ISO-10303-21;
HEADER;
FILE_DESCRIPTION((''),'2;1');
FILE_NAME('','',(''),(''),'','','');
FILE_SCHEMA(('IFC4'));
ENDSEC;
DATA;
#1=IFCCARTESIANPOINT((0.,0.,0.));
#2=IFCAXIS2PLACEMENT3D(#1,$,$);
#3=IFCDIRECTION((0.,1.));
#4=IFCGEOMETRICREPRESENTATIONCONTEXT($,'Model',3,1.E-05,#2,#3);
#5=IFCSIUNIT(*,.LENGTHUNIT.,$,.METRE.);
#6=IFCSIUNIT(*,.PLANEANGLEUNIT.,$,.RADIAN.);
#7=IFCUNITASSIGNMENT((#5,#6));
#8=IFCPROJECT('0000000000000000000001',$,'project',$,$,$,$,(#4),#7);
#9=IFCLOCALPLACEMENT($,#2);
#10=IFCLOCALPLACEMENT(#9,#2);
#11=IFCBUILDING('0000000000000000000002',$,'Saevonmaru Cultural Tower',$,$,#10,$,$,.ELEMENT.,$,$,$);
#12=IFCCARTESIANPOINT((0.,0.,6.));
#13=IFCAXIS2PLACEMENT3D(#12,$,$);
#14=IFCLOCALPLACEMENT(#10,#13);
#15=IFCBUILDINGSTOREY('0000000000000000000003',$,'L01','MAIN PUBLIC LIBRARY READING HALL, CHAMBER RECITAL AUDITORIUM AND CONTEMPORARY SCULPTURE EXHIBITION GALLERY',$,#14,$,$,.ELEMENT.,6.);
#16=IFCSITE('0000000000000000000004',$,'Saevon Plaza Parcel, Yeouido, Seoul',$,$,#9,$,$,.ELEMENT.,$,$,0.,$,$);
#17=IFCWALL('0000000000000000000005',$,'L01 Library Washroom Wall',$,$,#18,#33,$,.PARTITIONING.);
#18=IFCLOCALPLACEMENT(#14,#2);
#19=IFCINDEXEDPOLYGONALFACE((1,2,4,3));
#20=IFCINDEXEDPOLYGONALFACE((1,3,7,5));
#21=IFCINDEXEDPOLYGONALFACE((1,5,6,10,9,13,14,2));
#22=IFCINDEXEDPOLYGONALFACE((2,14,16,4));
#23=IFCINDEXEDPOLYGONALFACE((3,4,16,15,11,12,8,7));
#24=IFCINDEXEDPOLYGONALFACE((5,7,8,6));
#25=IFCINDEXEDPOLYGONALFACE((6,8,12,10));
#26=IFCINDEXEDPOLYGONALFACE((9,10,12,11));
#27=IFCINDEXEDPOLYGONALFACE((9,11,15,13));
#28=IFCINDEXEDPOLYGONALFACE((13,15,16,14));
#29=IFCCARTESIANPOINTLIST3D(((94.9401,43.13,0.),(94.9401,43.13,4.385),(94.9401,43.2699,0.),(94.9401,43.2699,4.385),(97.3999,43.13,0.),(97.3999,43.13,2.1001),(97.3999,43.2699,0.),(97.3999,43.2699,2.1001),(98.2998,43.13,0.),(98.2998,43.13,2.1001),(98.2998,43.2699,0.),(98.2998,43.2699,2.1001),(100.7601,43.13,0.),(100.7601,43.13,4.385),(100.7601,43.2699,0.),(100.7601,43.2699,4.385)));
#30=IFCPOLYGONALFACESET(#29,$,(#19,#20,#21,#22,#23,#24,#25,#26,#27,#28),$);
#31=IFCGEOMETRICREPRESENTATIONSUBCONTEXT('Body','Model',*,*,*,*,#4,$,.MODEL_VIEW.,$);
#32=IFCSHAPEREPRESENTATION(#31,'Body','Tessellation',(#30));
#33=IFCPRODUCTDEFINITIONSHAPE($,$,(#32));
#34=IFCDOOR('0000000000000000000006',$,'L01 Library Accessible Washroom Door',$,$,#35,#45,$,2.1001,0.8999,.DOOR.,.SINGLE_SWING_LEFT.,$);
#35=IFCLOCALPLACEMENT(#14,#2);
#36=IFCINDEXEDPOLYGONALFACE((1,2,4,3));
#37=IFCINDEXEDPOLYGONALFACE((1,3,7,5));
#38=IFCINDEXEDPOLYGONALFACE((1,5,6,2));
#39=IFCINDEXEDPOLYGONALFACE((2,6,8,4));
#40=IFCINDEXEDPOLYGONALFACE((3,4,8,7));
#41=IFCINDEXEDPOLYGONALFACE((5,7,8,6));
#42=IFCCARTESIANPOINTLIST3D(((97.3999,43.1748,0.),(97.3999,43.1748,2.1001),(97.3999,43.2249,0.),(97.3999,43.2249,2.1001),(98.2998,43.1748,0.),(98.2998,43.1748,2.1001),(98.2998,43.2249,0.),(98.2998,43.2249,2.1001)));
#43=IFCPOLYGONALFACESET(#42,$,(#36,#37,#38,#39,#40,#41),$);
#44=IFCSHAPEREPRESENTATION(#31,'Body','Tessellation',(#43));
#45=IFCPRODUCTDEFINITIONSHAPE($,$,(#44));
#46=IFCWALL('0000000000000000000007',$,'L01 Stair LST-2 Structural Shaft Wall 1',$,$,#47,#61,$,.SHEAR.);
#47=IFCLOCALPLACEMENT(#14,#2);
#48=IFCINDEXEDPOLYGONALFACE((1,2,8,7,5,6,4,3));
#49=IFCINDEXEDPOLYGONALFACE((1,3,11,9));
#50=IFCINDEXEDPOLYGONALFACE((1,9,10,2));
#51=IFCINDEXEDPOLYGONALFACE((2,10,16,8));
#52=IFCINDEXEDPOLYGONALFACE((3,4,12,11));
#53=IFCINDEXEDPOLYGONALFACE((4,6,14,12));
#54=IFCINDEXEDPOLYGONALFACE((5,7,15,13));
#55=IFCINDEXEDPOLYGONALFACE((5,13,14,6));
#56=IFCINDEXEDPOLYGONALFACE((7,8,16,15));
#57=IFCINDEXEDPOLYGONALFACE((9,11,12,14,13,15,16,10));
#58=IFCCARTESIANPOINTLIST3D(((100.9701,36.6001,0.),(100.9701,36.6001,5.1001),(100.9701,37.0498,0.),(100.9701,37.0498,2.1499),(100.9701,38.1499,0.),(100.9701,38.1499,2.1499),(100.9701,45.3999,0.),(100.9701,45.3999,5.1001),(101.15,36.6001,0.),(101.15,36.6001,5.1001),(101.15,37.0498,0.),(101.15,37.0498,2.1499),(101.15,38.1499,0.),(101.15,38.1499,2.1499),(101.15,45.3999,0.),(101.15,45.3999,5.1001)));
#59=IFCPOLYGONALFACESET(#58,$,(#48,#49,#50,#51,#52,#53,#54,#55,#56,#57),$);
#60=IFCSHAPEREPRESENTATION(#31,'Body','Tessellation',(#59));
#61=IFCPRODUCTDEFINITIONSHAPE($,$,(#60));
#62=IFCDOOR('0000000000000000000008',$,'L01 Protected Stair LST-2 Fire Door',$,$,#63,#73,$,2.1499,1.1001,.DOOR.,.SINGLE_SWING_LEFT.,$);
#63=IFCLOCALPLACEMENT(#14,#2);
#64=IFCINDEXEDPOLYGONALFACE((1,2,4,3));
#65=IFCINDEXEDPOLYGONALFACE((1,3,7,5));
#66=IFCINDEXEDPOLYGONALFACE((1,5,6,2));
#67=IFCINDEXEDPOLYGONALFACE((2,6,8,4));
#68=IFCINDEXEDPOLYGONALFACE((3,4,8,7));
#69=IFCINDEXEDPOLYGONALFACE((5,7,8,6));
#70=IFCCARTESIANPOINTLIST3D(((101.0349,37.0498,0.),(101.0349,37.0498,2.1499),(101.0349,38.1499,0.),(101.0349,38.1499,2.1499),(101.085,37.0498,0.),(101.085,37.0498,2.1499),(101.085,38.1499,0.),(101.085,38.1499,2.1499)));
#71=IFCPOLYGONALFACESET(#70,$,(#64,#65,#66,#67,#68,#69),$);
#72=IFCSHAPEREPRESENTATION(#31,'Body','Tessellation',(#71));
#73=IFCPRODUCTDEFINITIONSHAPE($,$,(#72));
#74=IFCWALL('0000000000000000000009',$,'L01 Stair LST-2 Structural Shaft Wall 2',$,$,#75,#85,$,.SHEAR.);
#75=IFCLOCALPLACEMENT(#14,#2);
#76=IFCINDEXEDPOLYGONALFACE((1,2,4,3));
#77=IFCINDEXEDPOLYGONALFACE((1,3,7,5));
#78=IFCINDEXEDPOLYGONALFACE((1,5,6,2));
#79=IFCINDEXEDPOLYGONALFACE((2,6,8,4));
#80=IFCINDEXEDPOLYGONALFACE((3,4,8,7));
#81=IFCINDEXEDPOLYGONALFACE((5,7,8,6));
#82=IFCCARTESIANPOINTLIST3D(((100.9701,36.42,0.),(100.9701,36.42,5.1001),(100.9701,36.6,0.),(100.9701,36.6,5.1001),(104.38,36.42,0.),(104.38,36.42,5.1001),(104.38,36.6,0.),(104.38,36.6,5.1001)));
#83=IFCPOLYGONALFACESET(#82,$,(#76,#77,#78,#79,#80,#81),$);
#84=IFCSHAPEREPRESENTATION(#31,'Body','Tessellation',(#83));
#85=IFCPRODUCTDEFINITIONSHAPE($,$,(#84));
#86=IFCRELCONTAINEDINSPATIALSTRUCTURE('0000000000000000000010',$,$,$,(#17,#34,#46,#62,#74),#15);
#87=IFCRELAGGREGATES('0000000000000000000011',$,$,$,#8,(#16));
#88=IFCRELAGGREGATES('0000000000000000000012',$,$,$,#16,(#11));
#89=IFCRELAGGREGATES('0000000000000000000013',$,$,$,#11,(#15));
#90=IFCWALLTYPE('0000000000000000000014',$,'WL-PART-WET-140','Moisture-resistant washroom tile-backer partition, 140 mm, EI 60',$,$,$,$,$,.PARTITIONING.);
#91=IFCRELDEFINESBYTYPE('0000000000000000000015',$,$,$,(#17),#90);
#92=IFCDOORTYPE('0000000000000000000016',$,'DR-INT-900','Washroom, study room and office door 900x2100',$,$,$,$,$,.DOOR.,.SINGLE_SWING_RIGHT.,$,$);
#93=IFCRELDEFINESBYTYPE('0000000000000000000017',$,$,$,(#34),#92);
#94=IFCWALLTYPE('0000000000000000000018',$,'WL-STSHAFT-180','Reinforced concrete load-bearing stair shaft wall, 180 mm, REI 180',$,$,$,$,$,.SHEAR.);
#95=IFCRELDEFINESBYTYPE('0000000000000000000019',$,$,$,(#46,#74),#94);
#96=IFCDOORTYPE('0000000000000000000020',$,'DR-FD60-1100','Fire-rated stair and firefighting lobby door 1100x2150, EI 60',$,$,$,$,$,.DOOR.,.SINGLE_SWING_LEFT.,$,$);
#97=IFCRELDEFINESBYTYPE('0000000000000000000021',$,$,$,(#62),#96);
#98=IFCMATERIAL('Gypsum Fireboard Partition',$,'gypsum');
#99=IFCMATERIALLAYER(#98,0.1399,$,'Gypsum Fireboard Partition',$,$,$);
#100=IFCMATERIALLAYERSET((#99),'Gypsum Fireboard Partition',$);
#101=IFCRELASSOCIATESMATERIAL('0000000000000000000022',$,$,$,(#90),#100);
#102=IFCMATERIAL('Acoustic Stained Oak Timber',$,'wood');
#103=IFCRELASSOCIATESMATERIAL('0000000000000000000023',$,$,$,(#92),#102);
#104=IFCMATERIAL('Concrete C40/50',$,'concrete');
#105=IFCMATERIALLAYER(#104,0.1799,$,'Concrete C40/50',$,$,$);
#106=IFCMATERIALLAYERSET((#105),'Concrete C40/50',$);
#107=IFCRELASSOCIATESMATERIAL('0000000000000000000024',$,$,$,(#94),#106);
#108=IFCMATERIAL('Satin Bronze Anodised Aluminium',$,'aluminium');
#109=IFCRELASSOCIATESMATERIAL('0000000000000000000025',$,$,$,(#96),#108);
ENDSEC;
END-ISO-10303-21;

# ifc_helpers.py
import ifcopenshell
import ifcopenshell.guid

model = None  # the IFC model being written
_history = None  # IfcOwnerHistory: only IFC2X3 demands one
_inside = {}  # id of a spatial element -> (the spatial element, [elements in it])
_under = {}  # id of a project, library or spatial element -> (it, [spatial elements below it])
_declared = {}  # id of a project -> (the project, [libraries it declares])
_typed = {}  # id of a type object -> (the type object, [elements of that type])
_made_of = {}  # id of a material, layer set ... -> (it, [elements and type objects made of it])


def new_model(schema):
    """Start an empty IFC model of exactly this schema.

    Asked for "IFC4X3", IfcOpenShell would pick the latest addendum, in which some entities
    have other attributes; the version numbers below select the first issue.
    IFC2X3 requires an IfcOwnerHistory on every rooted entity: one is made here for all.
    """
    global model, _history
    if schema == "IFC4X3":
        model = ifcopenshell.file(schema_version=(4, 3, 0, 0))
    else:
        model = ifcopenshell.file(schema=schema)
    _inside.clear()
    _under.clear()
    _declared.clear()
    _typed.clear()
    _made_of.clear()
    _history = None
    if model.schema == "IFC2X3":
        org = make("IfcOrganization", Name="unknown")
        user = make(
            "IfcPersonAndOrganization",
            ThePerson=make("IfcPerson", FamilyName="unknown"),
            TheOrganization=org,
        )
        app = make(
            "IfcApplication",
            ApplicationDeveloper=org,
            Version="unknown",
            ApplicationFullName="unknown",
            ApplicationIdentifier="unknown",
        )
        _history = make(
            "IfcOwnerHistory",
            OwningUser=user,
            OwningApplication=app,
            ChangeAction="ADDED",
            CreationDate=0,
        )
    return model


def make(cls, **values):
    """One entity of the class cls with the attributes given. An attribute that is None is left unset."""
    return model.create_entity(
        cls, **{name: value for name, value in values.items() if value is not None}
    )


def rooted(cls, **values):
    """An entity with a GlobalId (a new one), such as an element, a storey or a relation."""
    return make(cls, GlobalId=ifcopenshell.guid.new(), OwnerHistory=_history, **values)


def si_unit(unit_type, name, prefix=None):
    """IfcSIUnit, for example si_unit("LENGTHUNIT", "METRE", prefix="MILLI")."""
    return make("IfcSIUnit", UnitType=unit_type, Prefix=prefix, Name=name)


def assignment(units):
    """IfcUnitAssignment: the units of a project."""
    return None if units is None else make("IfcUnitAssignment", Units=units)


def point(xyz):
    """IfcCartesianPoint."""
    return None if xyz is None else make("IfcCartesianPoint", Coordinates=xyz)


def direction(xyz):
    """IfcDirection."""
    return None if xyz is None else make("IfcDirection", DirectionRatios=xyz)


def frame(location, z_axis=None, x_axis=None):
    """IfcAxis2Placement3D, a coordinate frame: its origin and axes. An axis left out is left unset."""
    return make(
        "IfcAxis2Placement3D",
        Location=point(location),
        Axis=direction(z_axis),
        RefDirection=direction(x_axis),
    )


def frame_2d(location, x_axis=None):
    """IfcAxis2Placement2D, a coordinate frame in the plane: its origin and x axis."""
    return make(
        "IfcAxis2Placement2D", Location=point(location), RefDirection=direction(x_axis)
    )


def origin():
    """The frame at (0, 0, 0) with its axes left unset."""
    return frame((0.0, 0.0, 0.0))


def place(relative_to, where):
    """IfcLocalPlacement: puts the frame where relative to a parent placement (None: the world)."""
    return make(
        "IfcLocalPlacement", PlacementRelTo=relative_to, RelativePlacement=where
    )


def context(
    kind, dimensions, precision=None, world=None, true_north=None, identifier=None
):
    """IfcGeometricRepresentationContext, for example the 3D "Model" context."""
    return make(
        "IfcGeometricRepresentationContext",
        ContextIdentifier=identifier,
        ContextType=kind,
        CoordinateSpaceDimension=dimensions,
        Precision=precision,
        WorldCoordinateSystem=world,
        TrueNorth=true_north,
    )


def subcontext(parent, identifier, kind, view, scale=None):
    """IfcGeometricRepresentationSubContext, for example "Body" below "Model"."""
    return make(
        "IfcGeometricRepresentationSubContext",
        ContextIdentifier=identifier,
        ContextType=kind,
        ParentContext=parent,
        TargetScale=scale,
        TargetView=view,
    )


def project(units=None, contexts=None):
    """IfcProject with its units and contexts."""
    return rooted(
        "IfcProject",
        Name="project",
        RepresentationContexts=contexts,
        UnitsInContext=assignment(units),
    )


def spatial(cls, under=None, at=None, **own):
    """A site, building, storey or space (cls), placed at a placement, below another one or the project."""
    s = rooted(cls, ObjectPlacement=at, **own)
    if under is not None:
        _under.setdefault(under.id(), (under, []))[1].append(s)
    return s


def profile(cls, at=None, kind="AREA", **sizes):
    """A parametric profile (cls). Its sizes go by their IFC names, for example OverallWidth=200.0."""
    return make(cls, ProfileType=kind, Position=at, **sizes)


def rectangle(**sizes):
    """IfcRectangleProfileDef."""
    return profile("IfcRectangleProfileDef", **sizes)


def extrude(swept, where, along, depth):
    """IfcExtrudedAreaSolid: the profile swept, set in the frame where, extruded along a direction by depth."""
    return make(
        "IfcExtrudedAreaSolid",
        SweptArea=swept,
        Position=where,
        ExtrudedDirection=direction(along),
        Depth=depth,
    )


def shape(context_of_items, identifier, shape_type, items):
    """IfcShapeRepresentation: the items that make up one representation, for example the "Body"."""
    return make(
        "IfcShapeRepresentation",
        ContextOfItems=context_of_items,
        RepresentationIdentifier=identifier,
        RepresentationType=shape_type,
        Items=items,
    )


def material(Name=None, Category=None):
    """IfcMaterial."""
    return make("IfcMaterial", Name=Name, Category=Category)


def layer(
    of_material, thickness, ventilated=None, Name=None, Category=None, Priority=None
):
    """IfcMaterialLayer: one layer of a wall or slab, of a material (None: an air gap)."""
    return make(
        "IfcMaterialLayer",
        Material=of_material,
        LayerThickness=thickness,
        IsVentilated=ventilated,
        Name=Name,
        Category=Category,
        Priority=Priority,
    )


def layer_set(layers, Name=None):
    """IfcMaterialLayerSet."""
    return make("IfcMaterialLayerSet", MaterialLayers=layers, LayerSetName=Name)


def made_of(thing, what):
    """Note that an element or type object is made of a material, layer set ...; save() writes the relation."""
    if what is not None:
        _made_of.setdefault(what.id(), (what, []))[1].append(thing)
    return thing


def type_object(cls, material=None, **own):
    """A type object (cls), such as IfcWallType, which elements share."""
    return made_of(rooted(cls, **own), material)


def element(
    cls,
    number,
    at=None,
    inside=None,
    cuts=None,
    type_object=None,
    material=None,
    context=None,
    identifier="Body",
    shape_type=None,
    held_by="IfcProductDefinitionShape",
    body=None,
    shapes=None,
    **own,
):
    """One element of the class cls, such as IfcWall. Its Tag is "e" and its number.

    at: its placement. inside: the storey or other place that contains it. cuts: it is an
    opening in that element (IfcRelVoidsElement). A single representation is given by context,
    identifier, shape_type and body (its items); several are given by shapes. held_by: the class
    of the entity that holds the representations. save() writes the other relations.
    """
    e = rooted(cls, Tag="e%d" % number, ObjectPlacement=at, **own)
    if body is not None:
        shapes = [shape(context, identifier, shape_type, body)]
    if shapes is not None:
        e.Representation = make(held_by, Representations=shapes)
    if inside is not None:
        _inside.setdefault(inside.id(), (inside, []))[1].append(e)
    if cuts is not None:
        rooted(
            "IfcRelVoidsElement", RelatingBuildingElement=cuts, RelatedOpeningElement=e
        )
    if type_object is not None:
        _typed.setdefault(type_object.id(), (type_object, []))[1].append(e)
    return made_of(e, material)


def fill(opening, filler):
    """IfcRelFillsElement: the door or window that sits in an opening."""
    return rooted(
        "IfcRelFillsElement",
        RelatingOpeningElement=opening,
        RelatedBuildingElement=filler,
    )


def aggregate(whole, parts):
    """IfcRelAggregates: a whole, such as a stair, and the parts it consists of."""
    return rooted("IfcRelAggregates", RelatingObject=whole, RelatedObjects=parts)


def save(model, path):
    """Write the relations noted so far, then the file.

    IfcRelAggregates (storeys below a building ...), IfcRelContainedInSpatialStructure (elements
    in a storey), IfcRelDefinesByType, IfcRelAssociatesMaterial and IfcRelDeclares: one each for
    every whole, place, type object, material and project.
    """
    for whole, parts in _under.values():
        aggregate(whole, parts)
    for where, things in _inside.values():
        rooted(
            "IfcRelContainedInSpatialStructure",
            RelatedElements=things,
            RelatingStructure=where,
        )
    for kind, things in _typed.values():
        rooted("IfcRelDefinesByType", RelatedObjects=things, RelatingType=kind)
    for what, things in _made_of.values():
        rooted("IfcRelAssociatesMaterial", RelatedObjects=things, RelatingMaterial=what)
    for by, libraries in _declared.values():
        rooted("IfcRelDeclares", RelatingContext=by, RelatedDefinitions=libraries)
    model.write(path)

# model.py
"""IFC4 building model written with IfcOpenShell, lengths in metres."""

from ifc_helpers import new_model, si_unit, direction, frame, frame_2d, origin, place, context, subcontext, project, spatial, rectangle, extrude, material, layer, layer_set, type_object, element, fill, save


model = new_model("IFC4")

# Units and contexts
model_context = context("Model", 3, precision=1e-05, world=origin(), true_north=direction((0.0, 1.0)))
body_context = subcontext(model_context, "Body", "Model", "MODEL_VIEW")
ifc_project = project(units=[si_unit("LENGTHUNIT", "METRE"), si_unit("PLANEANGLEUNIT", "RADIAN")], contexts=[model_context])

# Site, building, storey
site_placement = place(None, origin())
site = spatial("IfcSite", under=ifc_project, at=site_placement, Name="Saevon Plaza Parcel, Yeouido, Seoul", CompositionType="ELEMENT", RefElevation=0.0)
building_placement = place(site_placement, origin())
building = spatial("IfcBuilding", under=site, at=building_placement, Name="Saevonmaru Cultural Tower", CompositionType="ELEMENT")
storey_placement = place(building_placement, frame((0.0, 0.0, 6.0)))
storey = spatial("IfcBuildingStorey", under=building, at=storey_placement, Name="L01", Description="MAIN PUBLIC LIBRARY READING HALL, CHAMBER RECITAL AUDITORIUM AND CONTEMPORARY SCULPTURE EXHIBITION GALLERY", CompositionType="ELEMENT", Elevation=6.0)

# Shared definitions
ifc_material_1 = material(Name="Gypsum Fireboard Partition", Category="gypsum")
ifc_material_2 = material(Name="Satin Bronze Anodised Aluminium", Category="aluminium")

# Shared definitions
ifc_layer_1 = layer(ifc_material_1, 0.1399, Name="Gypsum Fireboard Partition")
ifc_layer_set_1 = layer_set([ifc_layer_1], Name="Gypsum Fireboard Partition")
wall_type_1 = type_object("IfcWallType", Name="WL-PART-WET-140", Description="Moisture-resistant washroom tile-backer partition, 140 mm, EI 60", PredefinedType="PARTITIONING", material=ifc_layer_set_1)

# Walls, openings, doors
wall_1_placement = place(storey_placement, frame((94.9399, 43.2, 0.0), z_axis=(0.0, 0.0, 1.0), x_axis=(1.0, 0.0, 0.0)))
wall_1 = element("IfcWall", 1, at=wall_1_placement, inside=storey, type_object=wall_type_1, Name="L01 Library Washroom Wall", PredefinedType="PARTITIONING", context=body_context, shape_type="SweptSolid", body=[
    extrude(rectangle(XDim=5.8201, YDim=0.1399, at=frame_2d((2.9102, 0.0))), origin(), (0.0, 0.0, 1.0), 4.385),
])
opening_1_placement = place(wall_1_placement, frame((2.46, 0.0, 0.0)))
opening_1 = element("IfcOpeningElement", 2, at=opening_1_placement, cuts=wall_1, PredefinedType="OPENING", context=body_context, shape_type="SweptSolid", body=[
    extrude(rectangle(XDim=0.8999, YDim=2.1001, at=frame_2d((0.45, 1.05))), frame((0.0, 0.0801, 0.0), z_axis=(0.0, -1.0, 0.0), x_axis=(1.0, 0.0, 0.0)), (0.0, 0.0, 1.0), 0.1599),
])
ifc_material_3 = material(Name="Acoustic Stained Oak Timber", Category="wood")
door_type_1 = type_object("IfcDoorType", Name="DR-INT-900", Description="Washroom, study room and office door 900x2100", OperationType="SINGLE_SWING_RIGHT", PredefinedType="DOOR", material=ifc_material_3)
door_1_placement = place(opening_1_placement, origin())
door_1 = element("IfcDoor", 3, at=door_1_placement, inside=storey, type_object=door_type_1, Name="L01 Library Accessible Washroom Door", OperationType="SINGLE_SWING_LEFT", OverallHeight=2.1001, OverallWidth=0.8999, PredefinedType="DOOR", context=body_context, shape_type="SweptSolid", body=[
    extrude(rectangle(XDim=0.8999, YDim=2.1001, at=frame_2d((0.45, 1.05))), frame((0.0, 0.0249, 0.0), z_axis=(0.0, -1.0, 0.0), x_axis=(1.0, 0.0, 0.0)), (0.0, 0.0, 1.0), 0.05),
])
fill(opening_1, door_1)
ifc_material_4 = material(Name="Concrete C40/50", Category="concrete")
ifc_layer_2 = layer(ifc_material_4, 0.1799, Name="Concrete C40/50")
ifc_layer_set_2 = layer_set([ifc_layer_2], Name="Concrete C40/50")
wall_type_2 = type_object("IfcWallType", Name="WL-STSHAFT-180", Description="Reinforced concrete load-bearing stair shaft wall, 180 mm, REI 180", PredefinedType="SHEAR", material=ifc_layer_set_2)
wall_2_placement = place(storey_placement, frame((101.0601, 45.3999, 0.0), z_axis=(0.0, 0.0, 1.0), x_axis=(0.0, -1.0, 0.0)))
wall_2 = element("IfcWall", 4, at=wall_2_placement, inside=storey, type_object=wall_type_2, Name="L01 Stair LST-2 Structural Shaft Wall 1", PredefinedType="SHEAR", context=body_context, shape_type="SweptSolid", body=[
    extrude(rectangle(XDim=8.7998, YDim=0.1799, at=frame_2d((4.3999, 0.0))), origin(), (0.0, 0.0, 1.0), 5.1001),
])
opening_2_placement = place(wall_2_placement, frame((7.25, 0.0, 0.0)))
opening_2 = element("IfcOpeningElement", 5, at=opening_2_placement, cuts=wall_2, PredefinedType="OPENING", context=body_context, shape_type="SweptSolid", body=[
    extrude(rectangle(XDim=1.1001, YDim=2.1499, at=frame_2d((0.55, 1.075))), frame((0.0, 0.1001, 0.0), z_axis=(0.0, -1.0, 0.0), x_axis=(1.0, 0.0, 0.0)), (0.0, 0.0, 1.0), 0.2),
])
door_type_2 = type_object("IfcDoorType", Name="DR-FD60-1100", Description="Fire-rated stair and firefighting lobby door 1100x2150, EI 60", OperationType="SINGLE_SWING_LEFT", PredefinedType="DOOR", material=ifc_material_2)
door_2_placement = place(opening_2_placement, origin())
door_2 = element("IfcDoor", 6, at=door_2_placement, inside=storey, type_object=door_type_2, Name="L01 Protected Stair LST-2 Fire Door", OperationType="SINGLE_SWING_LEFT", OverallHeight=2.1499, OverallWidth=1.1001, PredefinedType="DOOR", context=body_context, shape_type="SweptSolid", body=[
    extrude(rectangle(XDim=1.1001, YDim=2.1499, at=frame_2d((0.55, 1.075))), frame((0.0, 0.0249, 0.0), z_axis=(0.0, -1.0, 0.0), x_axis=(1.0, 0.0, 0.0)), (0.0, 0.0, 1.0), 0.05),
])
fill(opening_2, door_2)

# Wall
wall_3_placement = place(storey_placement, frame((100.97, 36.51, 0.0), z_axis=(0.0, 0.0, 1.0), x_axis=(1.0, 0.0, 0.0)))
element("IfcWall", 7, at=wall_3_placement, inside=storey, type_object=wall_type_2, Name="L01 Stair LST-2 Structural Shaft Wall 2", PredefinedType="SHEAR", context=body_context, shape_type="SweptSolid", body=[
    extrude(rectangle(XDim=3.4099, YDim=0.1799, at=frame_2d((1.7051, 0.0))), origin(), (0.0, 0.0, 1.0), 5.1001),
])

save(model, "model.ifc")
